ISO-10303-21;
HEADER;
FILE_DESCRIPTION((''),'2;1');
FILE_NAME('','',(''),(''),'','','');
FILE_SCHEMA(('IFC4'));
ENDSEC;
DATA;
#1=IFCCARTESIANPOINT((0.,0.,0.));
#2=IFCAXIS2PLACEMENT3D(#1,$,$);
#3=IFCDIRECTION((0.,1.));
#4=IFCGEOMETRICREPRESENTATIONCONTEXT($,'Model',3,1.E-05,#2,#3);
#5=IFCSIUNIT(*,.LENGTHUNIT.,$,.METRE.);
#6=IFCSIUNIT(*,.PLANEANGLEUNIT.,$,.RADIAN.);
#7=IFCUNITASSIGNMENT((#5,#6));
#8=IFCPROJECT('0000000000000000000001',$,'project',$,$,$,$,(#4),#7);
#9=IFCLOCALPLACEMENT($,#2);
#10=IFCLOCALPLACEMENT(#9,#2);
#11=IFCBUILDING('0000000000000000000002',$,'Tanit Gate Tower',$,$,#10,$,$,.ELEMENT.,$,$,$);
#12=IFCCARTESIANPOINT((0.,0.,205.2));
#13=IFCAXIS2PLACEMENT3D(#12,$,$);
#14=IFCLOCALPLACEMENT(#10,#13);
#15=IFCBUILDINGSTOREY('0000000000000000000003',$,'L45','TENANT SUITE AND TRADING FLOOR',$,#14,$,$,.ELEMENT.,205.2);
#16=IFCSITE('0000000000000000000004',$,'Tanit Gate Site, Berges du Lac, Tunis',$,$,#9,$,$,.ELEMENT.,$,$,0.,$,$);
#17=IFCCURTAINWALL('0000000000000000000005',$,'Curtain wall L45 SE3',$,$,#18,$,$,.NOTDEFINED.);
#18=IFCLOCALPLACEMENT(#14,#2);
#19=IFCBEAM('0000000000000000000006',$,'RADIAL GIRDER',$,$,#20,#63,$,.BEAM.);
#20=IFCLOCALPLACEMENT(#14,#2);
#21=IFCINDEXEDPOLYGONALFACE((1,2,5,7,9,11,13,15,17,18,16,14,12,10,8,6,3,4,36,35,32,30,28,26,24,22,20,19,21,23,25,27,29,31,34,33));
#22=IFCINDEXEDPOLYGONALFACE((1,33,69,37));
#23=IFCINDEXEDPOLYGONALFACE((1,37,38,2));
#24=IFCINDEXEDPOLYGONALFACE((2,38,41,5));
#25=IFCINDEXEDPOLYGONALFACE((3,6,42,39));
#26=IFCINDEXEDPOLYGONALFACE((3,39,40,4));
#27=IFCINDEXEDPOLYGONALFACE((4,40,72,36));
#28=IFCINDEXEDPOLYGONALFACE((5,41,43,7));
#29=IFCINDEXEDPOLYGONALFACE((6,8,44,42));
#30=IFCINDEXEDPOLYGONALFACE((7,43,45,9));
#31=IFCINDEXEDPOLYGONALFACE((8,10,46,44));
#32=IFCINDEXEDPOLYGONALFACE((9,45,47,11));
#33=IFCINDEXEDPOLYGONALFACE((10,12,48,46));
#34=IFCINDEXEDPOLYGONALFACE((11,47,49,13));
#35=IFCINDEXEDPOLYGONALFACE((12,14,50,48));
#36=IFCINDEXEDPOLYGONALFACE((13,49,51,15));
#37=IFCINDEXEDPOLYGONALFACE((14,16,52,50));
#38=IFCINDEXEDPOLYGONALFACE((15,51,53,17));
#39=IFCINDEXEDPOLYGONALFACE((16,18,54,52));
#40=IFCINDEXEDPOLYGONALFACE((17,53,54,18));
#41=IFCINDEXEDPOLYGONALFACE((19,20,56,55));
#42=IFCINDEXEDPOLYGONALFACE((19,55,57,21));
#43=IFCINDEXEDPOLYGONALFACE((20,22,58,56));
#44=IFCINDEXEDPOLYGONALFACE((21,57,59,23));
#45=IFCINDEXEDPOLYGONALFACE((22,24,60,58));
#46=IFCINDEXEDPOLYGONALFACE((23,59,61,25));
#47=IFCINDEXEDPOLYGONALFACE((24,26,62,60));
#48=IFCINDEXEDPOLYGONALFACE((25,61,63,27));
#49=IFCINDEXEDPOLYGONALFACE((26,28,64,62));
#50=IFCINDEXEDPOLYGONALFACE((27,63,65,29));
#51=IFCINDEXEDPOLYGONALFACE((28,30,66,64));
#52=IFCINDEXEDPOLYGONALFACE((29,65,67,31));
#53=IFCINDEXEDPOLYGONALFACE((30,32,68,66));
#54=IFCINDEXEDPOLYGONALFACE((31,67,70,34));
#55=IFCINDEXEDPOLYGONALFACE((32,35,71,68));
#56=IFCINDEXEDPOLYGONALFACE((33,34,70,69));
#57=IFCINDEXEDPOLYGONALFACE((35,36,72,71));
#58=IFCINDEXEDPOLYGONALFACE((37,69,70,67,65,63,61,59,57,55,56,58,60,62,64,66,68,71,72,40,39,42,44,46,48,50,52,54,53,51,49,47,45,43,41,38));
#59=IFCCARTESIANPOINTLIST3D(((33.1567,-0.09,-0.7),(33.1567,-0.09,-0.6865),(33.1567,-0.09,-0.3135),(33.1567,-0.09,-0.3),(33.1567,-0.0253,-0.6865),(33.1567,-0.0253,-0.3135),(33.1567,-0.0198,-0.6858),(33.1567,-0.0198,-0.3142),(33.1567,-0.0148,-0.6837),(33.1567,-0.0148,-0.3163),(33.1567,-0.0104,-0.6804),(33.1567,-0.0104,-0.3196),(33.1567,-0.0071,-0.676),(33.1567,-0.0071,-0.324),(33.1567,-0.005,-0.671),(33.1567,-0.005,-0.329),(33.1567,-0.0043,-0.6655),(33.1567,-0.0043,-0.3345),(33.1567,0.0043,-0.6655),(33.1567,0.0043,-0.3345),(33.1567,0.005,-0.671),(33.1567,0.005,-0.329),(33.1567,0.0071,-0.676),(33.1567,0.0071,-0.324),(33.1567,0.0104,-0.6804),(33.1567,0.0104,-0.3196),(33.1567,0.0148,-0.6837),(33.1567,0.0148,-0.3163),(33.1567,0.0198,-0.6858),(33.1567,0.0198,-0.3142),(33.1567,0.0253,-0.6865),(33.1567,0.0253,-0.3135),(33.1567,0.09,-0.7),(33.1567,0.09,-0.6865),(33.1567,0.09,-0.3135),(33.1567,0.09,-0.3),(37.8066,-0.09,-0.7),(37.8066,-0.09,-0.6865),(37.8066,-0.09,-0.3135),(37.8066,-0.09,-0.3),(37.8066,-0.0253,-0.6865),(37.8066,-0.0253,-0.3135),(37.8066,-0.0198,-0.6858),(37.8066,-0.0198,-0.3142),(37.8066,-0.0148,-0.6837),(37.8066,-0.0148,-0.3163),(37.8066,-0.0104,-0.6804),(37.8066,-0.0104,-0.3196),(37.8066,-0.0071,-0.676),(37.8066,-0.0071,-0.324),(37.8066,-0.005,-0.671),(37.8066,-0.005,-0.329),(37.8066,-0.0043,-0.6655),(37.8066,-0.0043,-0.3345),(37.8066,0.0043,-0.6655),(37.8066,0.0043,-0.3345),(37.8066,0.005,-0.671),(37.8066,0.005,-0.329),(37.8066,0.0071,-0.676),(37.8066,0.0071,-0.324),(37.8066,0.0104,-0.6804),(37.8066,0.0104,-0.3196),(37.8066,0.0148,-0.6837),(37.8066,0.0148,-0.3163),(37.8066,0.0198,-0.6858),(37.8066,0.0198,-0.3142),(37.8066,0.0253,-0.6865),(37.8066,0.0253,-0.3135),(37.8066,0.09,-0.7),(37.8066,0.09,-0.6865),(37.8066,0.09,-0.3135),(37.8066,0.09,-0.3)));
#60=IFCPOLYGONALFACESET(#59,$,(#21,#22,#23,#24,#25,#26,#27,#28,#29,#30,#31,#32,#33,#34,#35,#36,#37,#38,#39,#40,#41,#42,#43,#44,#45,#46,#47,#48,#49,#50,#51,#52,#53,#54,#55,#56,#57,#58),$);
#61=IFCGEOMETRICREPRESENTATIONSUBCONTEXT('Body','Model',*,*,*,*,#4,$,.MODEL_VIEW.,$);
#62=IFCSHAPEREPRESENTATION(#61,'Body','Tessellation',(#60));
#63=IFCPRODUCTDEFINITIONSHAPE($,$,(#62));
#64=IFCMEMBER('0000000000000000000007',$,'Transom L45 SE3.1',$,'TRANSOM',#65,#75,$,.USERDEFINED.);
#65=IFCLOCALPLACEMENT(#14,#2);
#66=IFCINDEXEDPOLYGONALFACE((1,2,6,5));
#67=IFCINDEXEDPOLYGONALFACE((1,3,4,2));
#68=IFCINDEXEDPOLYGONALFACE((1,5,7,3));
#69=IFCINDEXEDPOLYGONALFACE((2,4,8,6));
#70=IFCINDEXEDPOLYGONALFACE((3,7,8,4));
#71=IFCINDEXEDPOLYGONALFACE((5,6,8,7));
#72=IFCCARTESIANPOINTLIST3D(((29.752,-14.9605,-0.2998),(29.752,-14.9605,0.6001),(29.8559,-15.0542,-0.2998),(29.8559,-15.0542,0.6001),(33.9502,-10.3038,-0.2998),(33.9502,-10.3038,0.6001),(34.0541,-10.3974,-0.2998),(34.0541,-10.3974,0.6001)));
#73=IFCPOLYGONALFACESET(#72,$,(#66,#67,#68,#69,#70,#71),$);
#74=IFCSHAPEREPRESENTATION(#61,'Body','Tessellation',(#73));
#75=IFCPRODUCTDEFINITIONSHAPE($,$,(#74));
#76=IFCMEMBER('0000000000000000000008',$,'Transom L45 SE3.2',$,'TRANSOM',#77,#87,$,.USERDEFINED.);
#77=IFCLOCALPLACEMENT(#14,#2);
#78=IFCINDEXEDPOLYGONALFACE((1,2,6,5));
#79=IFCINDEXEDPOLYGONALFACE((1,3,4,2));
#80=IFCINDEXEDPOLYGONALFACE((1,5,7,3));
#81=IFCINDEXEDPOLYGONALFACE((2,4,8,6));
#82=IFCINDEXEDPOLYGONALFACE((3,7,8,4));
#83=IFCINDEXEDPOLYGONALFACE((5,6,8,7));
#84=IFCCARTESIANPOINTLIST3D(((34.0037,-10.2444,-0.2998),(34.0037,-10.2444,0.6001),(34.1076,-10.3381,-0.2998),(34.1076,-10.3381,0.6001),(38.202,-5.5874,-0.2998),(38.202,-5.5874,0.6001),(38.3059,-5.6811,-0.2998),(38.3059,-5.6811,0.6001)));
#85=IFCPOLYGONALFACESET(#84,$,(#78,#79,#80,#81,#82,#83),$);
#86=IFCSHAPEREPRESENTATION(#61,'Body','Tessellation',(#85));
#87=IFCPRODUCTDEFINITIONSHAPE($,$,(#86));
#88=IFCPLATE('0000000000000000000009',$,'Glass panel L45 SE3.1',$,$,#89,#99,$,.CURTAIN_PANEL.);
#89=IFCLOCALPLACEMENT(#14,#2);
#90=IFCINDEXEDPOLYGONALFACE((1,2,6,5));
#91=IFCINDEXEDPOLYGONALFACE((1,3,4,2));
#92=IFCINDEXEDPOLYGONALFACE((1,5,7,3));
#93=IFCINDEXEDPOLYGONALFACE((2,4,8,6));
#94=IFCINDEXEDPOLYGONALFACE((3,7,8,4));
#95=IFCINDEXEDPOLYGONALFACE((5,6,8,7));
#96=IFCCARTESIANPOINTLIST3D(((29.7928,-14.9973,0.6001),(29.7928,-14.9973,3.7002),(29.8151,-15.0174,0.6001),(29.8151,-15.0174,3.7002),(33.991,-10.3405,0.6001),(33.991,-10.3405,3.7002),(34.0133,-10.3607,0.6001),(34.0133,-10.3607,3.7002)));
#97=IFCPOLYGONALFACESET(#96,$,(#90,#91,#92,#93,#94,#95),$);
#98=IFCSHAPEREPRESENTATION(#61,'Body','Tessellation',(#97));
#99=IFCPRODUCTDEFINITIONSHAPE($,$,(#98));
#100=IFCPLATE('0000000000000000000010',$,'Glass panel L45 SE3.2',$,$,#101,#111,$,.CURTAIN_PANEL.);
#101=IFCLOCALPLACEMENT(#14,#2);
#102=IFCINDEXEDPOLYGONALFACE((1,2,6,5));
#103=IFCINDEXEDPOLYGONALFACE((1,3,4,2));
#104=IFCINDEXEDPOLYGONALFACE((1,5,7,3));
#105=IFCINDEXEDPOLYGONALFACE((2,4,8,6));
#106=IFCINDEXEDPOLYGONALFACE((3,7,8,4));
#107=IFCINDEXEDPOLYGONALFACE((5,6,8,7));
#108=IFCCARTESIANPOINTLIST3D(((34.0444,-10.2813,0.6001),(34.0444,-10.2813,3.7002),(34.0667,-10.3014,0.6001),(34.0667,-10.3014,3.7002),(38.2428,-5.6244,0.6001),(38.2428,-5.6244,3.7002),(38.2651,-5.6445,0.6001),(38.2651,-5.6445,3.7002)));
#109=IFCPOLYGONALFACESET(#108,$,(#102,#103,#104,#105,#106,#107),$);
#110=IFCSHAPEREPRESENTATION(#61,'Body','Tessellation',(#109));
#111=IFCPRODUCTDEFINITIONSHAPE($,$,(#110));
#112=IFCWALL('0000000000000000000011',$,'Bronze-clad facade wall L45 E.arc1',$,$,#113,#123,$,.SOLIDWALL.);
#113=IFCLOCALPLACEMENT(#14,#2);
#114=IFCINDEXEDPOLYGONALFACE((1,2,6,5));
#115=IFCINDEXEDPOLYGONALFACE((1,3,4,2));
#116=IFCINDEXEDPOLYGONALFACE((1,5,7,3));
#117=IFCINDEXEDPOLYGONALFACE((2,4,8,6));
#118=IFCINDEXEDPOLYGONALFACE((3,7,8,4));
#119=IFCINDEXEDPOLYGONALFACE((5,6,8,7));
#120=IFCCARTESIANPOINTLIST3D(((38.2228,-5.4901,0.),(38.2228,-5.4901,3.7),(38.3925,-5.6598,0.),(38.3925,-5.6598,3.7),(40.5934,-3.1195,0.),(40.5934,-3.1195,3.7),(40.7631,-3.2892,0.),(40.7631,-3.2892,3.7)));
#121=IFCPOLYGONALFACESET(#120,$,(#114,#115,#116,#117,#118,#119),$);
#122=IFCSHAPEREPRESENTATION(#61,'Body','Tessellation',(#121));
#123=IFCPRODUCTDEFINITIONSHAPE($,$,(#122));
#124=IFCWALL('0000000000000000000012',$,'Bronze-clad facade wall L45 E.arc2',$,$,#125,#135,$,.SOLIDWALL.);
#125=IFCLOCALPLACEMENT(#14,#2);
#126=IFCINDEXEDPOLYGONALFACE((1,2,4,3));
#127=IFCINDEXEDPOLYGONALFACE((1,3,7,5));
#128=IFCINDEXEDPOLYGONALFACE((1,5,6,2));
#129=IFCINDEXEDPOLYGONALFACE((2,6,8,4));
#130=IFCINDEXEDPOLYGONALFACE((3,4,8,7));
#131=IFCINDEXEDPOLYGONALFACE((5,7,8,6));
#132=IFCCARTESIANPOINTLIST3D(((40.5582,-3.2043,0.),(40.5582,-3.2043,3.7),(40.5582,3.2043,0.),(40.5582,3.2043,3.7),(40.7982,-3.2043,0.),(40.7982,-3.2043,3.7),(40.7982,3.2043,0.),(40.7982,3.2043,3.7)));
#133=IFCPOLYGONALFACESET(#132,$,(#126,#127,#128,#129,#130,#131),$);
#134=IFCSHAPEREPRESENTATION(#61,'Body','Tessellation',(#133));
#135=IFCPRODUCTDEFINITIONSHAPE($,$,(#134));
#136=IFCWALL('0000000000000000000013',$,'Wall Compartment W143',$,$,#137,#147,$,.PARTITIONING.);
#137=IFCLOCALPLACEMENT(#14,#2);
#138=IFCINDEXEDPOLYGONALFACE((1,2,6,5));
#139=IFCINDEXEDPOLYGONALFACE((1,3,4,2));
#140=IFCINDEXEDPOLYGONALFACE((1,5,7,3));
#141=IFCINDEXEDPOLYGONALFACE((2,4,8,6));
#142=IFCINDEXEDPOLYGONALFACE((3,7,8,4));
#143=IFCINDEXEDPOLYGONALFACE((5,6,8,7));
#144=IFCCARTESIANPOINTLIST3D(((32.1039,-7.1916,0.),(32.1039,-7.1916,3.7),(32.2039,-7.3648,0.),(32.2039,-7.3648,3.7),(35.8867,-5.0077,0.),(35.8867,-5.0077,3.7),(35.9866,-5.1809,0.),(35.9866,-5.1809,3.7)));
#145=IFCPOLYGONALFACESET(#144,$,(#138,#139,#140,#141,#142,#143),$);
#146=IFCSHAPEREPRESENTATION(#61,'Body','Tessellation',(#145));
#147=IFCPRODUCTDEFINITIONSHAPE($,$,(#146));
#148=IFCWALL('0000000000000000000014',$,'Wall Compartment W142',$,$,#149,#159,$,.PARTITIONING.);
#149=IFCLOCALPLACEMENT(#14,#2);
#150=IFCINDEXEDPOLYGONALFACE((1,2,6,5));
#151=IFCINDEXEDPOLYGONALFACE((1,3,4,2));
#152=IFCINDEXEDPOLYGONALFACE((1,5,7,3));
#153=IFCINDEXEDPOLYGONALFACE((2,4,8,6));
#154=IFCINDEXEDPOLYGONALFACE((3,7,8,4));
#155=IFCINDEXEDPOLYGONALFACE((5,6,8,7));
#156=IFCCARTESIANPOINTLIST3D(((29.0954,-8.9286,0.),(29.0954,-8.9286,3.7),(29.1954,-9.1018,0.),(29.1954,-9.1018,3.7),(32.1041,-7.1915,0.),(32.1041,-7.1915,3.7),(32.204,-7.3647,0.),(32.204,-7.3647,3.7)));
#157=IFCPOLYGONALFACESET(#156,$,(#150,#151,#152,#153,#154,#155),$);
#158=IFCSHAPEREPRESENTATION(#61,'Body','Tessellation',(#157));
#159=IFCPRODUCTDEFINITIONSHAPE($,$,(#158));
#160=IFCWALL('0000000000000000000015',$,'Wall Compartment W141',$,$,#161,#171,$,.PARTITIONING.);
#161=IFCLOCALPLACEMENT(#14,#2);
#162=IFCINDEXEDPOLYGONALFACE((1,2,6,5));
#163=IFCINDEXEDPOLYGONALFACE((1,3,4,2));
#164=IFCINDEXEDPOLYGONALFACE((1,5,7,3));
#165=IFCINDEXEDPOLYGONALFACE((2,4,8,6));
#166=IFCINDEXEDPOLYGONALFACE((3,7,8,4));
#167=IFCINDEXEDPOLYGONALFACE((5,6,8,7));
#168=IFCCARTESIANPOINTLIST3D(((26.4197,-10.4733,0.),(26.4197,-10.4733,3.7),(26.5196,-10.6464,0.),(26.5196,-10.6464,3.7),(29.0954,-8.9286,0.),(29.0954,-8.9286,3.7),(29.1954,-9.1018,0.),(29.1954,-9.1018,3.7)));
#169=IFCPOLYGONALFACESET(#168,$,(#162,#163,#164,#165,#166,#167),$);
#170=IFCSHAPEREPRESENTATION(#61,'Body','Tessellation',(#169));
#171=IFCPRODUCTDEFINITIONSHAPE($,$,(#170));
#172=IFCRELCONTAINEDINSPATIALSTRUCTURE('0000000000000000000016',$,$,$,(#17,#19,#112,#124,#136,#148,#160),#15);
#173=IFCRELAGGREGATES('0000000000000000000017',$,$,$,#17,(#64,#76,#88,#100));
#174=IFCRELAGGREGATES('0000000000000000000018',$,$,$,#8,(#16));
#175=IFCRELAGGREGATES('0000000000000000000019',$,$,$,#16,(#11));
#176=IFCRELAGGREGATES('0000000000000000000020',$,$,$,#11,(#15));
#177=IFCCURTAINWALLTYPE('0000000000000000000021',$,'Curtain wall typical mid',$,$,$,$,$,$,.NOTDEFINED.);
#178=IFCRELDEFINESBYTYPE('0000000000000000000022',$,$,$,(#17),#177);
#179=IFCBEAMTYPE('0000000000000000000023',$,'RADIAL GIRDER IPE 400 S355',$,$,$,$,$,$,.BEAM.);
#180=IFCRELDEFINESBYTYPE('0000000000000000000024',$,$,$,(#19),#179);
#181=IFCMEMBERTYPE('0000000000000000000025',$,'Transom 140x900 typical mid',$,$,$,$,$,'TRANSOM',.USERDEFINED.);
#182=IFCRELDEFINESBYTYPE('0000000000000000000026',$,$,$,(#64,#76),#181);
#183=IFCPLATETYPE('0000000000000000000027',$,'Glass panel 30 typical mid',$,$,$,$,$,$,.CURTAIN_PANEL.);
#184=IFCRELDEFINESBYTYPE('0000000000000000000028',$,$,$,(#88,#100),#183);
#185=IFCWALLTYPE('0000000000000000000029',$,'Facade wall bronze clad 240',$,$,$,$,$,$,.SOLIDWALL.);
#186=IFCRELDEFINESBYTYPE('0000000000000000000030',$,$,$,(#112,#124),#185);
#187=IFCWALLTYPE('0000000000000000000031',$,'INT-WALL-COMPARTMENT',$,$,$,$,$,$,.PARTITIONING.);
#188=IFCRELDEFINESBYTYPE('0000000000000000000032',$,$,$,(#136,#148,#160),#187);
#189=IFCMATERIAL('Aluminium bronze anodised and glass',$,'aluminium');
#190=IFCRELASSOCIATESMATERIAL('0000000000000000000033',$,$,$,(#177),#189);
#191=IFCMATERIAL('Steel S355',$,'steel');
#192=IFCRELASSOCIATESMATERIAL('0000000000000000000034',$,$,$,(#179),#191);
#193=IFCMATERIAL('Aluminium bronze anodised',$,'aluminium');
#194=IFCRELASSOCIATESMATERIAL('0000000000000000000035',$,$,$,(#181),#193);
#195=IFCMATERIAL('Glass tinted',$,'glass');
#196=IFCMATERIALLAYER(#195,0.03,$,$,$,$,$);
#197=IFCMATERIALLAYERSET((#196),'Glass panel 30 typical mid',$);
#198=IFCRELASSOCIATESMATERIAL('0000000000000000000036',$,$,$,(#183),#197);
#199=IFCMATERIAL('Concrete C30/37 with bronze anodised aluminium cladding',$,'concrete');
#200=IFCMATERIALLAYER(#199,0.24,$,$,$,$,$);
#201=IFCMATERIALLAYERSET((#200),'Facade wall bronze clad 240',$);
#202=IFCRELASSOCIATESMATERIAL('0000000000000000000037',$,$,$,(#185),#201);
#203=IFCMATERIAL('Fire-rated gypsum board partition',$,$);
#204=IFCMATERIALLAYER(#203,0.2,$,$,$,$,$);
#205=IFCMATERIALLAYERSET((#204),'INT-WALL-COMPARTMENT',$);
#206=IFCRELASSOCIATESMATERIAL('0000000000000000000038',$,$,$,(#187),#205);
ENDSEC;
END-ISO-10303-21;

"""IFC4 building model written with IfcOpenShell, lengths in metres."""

from ifc_helpers import new_model, si_unit, direction, frame, frame_2d, origin, origin_2d, place, context, subcontext, project, spatial, rectangle, i_section, extrude, material, layer, layer_set, material_profile, profile_set, type_object, element, aggregate, save


model = new_model("IFC4")

# Units and contexts
model_context = context("Model", 3, precision=1e-05, world=origin(), true_north=direction((0.0, 1.0)))
body_context = subcontext(model_context, "Body", "Model", "MODEL_VIEW")
ifc_project = project(units=[si_unit("LENGTHUNIT", "METRE"), si_unit("PLANEANGLEUNIT", "RADIAN")], contexts=[model_context])

# Site, building, storey
site_placement = place(None, origin())
site = spatial("IfcSite", under=ifc_project, at=site_placement, Name="Tanit Gate Site, Berges du Lac, Tunis", CompositionType="ELEMENT", RefElevation=0.0)
building_placement = place(site_placement, origin())
building = spatial("IfcBuilding", under=site, at=building_placement, Name="Tanit Gate Tower", CompositionType="ELEMENT")
storey_placement = place(building_placement, frame((0.0, 0.0, 205.2)))
storey = spatial("IfcBuildingStorey", under=building, at=storey_placement, Name="L45", Description="TENANT SUITE AND TRADING FLOOR", CompositionType="ELEMENT", Elevation=205.2)

# Curtain wall
ifc_material_1 = material(Name="Aluminium bronze anodised and glass", Category="aluminium")
curtain_wall_type = type_object("IfcCurtainWallType", Name="Curtain wall typical mid", PredefinedType="NOTDEFINED", material=ifc_material_1)
curtain_wall_1_placement = place(storey_placement, origin())
curtain_wall_1 = element("IfcCurtainWall", 1, at=curtain_wall_1_placement, inside=storey, type_object=curtain_wall_type, Name="Curtain wall L45 SE3", PredefinedType="NOTDEFINED")

# Beam
ifc_material_2 = material(Name="Steel S355", Category="steel")
ifc_material_profile_1 = material_profile(ifc_material_2, i_section(OverallWidth=0.1799, OverallDepth=0.3999, WebThickness=0.0085, FlangeThickness=0.0134, FilletRadius=0.021, at=origin_2d()), Name="IPE 400")
ifc_profile_set_1 = profile_set([ifc_material_profile_1], Name="Steel S355")
beam_type_1 = type_object("IfcBeamType", Name="RADIAL GIRDER IPE 400 S355", PredefinedType="BEAM", material=ifc_profile_set_1)
beam_1_placement = place(storey_placement, frame((37.8066, 0.0, -0.5), z_axis=(-1.0, 0.0, 0.0), x_axis=(0.0, -1.0, 0.0)))
element("IfcBeam", 2, at=beam_1_placement, inside=storey, type_object=beam_type_1, Name="RADIAL GIRDER", PredefinedType="BEAM", context=body_context, shape_type="SweptSolid", body=[
    extrude(i_section(OverallWidth=0.1799, OverallDepth=0.3999, WebThickness=0.0085, FlangeThickness=0.0134, FilletRadius=0.021, at=origin_2d()), origin(), (0.0, 0.0, 1.0), 4.6499),
])

# Members
ifc_material_3 = material(Name="Aluminium bronze anodised", Category="aluminium")
ifc_material_profile_2 = material_profile(ifc_material_3, rectangle(XDim=0.1399, YDim=0.8999, at=origin_2d()), Name="140x900 bronze transom")
ifc_profile_set_2 = profile_set([ifc_material_profile_2], Name="Aluminium bronze anodised")
member_type_1 = type_object("IfcMemberType", Name="Transom 140x900 typical mid", ElementType="TRANSOM", PredefinedType="USERDEFINED", material=ifc_profile_set_2)
member_1_placement = place(storey_placement, frame((29.804, -15.0073, 0.1501), z_axis=(0.669597, 0.742725, 0.0), x_axis=(-0.742725, 0.669597, 0.0)))
member_1 = element("IfcMember", 3, at=member_1_placement, type_object=member_type_1, Name="Transom L45 SE3.1", ObjectType="TRANSOM", PredefinedType="USERDEFINED", context=body_context, shape_type="SweptSolid", body=[
    extrude(rectangle(XDim=0.1399, YDim=0.8999, at=origin_2d()), origin(), (0.0, 0.0, 1.0), 6.2698),
])
member_2_placement = place(storey_placement, frame((34.0557, -10.2913, 0.1501), z_axis=(0.669578, 0.742742, 0.0), x_axis=(-0.742742, 0.669578, 0.0)))
member_2 = element("IfcMember", 4, at=member_2_placement, type_object=member_type_1, Name="Transom L45 SE3.2", ObjectType="TRANSOM", PredefinedType="USERDEFINED", context=body_context, shape_type="SweptSolid", body=[
    extrude(rectangle(XDim=0.1399, YDim=0.8999, at=origin_2d()), origin(), (0.0, 0.0, 1.0), 6.27),
])

# Plates
ifc_material_4 = material(Name="Glass tinted", Category="glass")
ifc_layer_1 = layer(ifc_material_4, 0.03)
ifc_layer_set_1 = layer_set([ifc_layer_1], Name="Glass panel 30 typical mid")
plate_type = type_object("IfcPlateType", Name="Glass panel 30 typical mid", PredefinedType="CURTAIN_PANEL", material=ifc_layer_set_1)
plate_1_placement = place(storey_placement, frame((31.9031, -12.679, 0.6001), z_axis=(0.0, 0.0, 1.0), x_axis=(0.669598, 0.742724, 0.0)))
plate_1 = element("IfcPlate", 5, at=plate_1_placement, type_object=plate_type, Name="Glass panel L45 SE3.1", PredefinedType="CURTAIN_PANEL", context=body_context, shape_type="SweptSolid", body=[
    extrude(rectangle(XDim=6.2698, YDim=0.03, at=origin_2d()), origin(), (0.0, 0.0, 1.0), 3.1001),
])
plate_2_placement = place(storey_placement, frame((36.1548, -7.9629, 0.6001), z_axis=(0.0, 0.0, 1.0), x_axis=(0.669598, 0.742724, 0.0)))
plate_2 = element("IfcPlate", 6, at=plate_2_placement, type_object=plate_type, Name="Glass panel L45 SE3.2", PredefinedType="CURTAIN_PANEL", context=body_context, shape_type="SweptSolid", body=[
    extrude(rectangle(XDim=6.27, YDim=0.03, at=origin_2d()), origin(), (0.0, 0.0, 1.0), 3.1001),
])
aggregate(curtain_wall_1, [member_1, member_2, plate_1, plate_2])

# Walls
ifc_material_5 = material(Name="Concrete C30/37 with bronze anodised aluminium cladding", Category="concrete")
ifc_layer_2 = layer(ifc_material_5, 0.24)
ifc_layer_set_2 = layer_set([ifc_layer_2], Name="Facade wall bronze clad 240")
wall_type_1 = type_object("IfcWallType", Name="Facade wall bronze clad 240", PredefinedType="SOLIDWALL", material=ifc_layer_set_2)
wall_1_placement = place(storey_placement, frame((38.3076, -5.575, 0.0), z_axis=(0.0, 0.0, 1.0), x_axis=(0.707107, 0.707107, 0.0)))
element("IfcWall", 7, at=wall_1_placement, inside=storey, type_object=wall_type_1, Name="Bronze-clad facade wall L45 E.arc1", PredefinedType="SOLIDWALL", context=body_context, shape_type="SweptSolid", body=[
    extrude(rectangle(XDim=3.3525, YDim=0.24, at=frame_2d((1.6763, 0.0))), origin(), (0.0, 0.0, 1.0), 3.7),
])
wall_2_placement = place(storey_placement, frame((40.6782, -3.2043, 0.0), z_axis=(0.0, 0.0, 1.0), x_axis=(0.0, 1.0, 0.0)))
element("IfcWall", 8, at=wall_2_placement, inside=storey, type_object=wall_type_1, Name="Bronze-clad facade wall L45 E.arc2", PredefinedType="SOLIDWALL", context=body_context, shape_type="SweptSolid", body=[
    extrude(rectangle(XDim=6.4087, YDim=0.24, at=frame_2d((3.2043, 0.0))), origin(), (0.0, 0.0, 1.0), 3.7),
])
ifc_material_6 = material(Name="Fire-rated gypsum board partition")
ifc_layer_3 = layer(ifc_material_6, 0.2)
ifc_layer_set_3 = layer_set([ifc_layer_3], Name="INT-WALL-COMPARTMENT")
wall_type_2 = type_object("IfcWallType", Name="INT-WALL-COMPARTMENT", PredefinedType="PARTITIONING", material=ifc_layer_set_3)
wall_3_placement = place(storey_placement, frame((35.9368, -5.0942, 0.0), z_axis=(0.0, 0.0, 1.0), x_axis=(-0.866037, -0.499981, 0.0)))
element("IfcWall", 9, at=wall_3_placement, inside=storey, type_object=wall_type_2, Name="Wall Compartment W143", PredefinedType="PARTITIONING", context=body_context, shape_type="SweptSolid", body=[
    extrude(rectangle(XDim=4.3679, YDim=0.2, at=frame_2d((2.1841, 0.0))), origin(), (0.0, 0.0, 1.0), 3.7),
])
wall_4_placement = place(storey_placement, frame((32.1541, -7.2781, 0.0), z_axis=(0.0, 0.0, 1.0), x_axis=(-0.866016, -0.500016, 0.0)))
element("IfcWall", 10, at=wall_4_placement, inside=storey, type_object=wall_type_2, Name="Wall Compartment W142", PredefinedType="PARTITIONING", context=body_context, shape_type="SweptSolid", body=[
    extrude(rectangle(XDim=3.4741, YDim=0.2, at=frame_2d((1.7371, 0.0))), origin(), (0.0, 0.0, 1.0), 3.7),
])
wall_5_placement = place(storey_placement, frame((29.1455, -9.0151, 0.0), z_axis=(0.0, 0.0, 1.0), x_axis=(-0.866051, -0.499955, 0.0)))
element("IfcWall", 11, at=wall_5_placement, inside=storey, type_object=wall_type_2, Name="Wall Compartment W141", PredefinedType="PARTITIONING", context=body_context, shape_type="SweptSolid", body=[
    extrude(rectangle(XDim=3.0896, YDim=0.2, at=frame_2d((1.5449, 0.0))), origin(), (0.0, 0.0, 1.0), 3.7),
])

save(model, "model.ifc")
